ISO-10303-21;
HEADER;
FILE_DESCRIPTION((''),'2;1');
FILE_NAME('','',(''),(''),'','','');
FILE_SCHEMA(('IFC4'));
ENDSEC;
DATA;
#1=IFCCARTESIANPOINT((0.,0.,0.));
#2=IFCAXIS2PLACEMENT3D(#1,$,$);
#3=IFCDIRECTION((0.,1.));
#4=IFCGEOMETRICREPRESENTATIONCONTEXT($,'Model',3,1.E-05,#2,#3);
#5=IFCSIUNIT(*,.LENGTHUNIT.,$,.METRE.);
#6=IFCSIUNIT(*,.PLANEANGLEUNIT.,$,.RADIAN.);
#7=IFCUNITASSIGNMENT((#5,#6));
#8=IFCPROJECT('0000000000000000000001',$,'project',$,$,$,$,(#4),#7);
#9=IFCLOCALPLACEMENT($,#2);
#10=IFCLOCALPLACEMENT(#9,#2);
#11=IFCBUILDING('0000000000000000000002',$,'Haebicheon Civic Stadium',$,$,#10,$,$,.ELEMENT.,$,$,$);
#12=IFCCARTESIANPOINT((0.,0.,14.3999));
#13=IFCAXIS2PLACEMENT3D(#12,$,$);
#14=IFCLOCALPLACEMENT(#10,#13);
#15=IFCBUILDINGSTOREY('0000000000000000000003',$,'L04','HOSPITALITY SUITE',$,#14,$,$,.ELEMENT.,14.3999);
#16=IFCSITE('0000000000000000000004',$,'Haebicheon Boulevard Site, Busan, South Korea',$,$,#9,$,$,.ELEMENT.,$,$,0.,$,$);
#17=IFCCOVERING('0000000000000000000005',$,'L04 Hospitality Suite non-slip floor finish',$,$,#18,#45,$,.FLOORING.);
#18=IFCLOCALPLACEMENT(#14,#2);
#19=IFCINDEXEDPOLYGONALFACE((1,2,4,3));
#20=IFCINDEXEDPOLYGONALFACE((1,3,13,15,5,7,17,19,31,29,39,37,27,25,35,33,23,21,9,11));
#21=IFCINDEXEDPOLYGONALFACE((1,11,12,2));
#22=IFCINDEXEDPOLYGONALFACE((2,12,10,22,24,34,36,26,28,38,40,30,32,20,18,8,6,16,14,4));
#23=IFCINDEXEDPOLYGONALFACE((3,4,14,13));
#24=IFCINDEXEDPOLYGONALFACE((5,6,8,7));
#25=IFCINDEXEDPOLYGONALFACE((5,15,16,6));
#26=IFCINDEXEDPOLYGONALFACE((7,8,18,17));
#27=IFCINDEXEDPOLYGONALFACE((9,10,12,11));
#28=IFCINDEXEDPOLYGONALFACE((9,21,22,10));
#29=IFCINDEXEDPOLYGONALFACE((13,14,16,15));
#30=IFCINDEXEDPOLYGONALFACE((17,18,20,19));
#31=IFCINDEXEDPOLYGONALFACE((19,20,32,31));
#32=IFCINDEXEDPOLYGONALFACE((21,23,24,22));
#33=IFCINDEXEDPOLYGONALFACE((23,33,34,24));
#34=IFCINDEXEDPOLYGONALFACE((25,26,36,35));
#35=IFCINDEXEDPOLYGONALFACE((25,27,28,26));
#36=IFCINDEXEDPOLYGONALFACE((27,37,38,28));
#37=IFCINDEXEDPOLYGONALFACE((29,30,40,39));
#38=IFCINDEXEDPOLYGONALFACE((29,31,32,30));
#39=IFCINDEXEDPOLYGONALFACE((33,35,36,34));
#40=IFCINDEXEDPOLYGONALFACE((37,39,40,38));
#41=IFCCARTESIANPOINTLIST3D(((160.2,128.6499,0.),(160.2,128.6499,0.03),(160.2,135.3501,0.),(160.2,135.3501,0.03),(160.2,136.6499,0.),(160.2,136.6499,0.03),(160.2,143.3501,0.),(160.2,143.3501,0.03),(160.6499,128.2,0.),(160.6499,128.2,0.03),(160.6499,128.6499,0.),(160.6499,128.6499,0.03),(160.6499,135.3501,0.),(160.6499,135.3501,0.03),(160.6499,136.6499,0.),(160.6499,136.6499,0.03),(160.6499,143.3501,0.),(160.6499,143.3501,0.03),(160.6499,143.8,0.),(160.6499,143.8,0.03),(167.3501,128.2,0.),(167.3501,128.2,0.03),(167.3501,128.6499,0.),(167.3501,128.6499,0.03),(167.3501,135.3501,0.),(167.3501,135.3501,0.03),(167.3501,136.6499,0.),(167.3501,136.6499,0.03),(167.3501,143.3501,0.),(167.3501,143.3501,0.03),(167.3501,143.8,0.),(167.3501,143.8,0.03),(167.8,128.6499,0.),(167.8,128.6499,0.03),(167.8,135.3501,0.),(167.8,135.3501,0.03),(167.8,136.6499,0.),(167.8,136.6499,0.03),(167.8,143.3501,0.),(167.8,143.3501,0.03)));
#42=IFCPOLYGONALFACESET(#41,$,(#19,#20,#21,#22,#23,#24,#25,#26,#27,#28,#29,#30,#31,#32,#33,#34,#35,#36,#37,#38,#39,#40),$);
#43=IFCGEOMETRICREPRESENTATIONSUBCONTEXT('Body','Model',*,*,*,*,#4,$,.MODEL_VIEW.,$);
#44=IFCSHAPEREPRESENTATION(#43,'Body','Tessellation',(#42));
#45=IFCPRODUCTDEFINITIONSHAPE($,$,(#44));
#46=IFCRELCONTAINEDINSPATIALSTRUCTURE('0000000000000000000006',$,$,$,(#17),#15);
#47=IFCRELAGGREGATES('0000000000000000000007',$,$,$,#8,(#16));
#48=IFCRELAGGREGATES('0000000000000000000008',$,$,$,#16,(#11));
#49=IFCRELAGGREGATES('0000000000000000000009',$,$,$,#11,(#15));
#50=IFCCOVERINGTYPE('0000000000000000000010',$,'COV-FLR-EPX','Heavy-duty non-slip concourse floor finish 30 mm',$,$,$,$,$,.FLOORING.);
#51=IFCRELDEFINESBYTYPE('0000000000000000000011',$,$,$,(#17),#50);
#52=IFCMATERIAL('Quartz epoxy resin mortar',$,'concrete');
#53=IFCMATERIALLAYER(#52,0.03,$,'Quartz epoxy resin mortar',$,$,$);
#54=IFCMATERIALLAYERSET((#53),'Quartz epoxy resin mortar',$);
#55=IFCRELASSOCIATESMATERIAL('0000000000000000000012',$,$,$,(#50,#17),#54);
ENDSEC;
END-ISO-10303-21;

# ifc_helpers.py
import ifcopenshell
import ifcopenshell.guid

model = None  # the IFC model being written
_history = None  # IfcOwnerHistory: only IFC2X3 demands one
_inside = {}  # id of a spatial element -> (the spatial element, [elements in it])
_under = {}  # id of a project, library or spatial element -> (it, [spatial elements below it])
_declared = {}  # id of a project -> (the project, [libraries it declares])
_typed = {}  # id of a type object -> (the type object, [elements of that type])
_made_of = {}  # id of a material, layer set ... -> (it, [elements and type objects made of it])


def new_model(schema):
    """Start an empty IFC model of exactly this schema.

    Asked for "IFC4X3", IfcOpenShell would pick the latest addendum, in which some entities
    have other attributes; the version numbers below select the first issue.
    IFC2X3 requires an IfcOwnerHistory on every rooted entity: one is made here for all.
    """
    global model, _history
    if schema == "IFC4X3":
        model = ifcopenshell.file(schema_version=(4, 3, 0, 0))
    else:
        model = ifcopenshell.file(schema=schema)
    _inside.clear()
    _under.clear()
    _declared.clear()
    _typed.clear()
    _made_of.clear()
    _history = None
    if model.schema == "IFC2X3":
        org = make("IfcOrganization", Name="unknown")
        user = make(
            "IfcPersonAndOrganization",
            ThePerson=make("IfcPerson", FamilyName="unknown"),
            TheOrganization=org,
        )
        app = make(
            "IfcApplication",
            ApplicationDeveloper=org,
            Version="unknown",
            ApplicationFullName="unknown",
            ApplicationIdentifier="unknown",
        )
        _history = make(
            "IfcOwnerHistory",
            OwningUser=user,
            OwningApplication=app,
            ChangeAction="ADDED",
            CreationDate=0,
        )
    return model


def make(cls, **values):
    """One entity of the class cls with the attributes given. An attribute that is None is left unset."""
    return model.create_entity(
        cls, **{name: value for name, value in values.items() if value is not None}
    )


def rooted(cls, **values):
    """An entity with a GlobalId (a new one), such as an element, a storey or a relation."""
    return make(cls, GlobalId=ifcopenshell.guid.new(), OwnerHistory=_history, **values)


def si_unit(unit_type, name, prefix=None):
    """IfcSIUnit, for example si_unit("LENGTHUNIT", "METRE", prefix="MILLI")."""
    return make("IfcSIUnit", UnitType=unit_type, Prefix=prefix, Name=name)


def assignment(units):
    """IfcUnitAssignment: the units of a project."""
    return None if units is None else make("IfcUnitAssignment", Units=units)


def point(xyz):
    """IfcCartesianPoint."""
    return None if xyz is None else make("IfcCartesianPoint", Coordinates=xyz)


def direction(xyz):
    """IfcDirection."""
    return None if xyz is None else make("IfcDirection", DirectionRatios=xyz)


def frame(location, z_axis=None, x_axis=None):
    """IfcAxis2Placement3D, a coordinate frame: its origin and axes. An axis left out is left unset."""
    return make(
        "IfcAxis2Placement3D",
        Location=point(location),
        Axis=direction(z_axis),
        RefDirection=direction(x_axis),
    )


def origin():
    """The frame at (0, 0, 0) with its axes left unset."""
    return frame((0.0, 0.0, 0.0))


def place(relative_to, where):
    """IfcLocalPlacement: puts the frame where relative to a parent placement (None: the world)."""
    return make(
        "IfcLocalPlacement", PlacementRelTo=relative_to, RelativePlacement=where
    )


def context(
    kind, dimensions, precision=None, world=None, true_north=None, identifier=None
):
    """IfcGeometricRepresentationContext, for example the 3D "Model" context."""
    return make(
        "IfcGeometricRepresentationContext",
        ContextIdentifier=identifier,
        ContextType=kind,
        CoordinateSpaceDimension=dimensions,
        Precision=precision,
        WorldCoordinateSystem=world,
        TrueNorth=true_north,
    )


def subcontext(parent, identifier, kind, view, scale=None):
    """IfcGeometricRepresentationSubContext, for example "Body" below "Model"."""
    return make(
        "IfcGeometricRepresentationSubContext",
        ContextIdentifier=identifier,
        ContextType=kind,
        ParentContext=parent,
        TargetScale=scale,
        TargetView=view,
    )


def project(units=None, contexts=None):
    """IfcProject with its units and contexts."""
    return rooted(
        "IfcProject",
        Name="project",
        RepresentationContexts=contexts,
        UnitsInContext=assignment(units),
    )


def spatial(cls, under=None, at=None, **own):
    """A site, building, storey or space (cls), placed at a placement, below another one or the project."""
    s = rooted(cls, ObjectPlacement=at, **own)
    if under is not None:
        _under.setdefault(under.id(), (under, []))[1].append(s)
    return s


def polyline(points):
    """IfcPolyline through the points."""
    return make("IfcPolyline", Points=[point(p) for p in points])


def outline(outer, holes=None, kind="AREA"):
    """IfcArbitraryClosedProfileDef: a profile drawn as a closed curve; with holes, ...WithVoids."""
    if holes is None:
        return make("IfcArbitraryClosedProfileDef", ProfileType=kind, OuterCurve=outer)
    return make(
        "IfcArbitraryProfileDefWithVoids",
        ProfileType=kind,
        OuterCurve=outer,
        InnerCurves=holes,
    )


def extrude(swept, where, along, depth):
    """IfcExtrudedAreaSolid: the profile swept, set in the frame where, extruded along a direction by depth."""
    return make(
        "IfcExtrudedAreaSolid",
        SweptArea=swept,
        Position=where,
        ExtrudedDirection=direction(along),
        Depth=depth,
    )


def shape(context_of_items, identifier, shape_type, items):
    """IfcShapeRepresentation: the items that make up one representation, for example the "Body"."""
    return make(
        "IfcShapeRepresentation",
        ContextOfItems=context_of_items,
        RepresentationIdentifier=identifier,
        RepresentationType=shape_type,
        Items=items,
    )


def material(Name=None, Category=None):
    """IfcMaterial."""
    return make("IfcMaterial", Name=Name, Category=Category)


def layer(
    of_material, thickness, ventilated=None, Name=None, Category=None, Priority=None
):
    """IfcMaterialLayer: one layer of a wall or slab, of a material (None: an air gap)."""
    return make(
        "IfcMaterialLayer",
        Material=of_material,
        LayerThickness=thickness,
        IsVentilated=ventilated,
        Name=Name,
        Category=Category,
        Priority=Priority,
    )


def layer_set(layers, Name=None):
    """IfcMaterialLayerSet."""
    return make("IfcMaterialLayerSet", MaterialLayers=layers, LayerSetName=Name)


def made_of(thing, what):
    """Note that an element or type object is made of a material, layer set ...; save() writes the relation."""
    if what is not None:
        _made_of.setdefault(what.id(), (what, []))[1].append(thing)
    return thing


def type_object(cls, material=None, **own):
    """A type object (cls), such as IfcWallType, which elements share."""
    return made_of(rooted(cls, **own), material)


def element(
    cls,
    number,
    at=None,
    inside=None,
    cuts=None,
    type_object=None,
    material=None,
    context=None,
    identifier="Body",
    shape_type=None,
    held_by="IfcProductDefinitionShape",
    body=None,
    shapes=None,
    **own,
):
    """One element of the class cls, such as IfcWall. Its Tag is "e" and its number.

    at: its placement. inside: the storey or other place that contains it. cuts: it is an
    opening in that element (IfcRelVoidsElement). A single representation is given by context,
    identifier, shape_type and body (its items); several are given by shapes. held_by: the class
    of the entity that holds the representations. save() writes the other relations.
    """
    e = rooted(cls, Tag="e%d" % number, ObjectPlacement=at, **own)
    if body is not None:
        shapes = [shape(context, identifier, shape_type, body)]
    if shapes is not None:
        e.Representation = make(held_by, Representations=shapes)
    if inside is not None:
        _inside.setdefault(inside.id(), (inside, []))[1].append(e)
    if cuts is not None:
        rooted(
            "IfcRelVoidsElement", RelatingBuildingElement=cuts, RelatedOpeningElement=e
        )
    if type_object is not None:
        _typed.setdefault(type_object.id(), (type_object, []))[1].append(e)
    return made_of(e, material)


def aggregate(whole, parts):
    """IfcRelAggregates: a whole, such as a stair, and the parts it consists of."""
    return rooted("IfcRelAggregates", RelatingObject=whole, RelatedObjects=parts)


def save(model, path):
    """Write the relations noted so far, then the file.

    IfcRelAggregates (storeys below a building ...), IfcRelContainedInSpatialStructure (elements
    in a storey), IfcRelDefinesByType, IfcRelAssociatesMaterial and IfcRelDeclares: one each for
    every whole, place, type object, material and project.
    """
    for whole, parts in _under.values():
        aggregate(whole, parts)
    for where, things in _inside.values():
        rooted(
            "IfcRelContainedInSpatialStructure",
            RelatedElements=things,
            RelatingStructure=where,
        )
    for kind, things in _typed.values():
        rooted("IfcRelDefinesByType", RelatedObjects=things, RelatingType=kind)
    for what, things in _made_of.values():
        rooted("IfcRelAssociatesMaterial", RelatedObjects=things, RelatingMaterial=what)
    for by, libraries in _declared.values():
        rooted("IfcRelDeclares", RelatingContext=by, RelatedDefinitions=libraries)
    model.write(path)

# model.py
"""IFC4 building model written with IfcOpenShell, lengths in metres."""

from ifc_helpers import new_model, si_unit, direction, frame, origin, place, context, subcontext, project, spatial, polyline, outline, extrude, material, layer, layer_set, type_object, element, save


model = new_model("IFC4")

# Units and contexts
model_context = context("Model", 3, precision=1e-05, world=origin(), true_north=direction((0.0, 1.0)))
body_context = subcontext(model_context, "Body", "Model", "MODEL_VIEW")
ifc_project = project(units=[si_unit("LENGTHUNIT", "METRE"), si_unit("PLANEANGLEUNIT", "RADIAN")], contexts=[model_context])

# Site, building, storey
site_placement = place(None, origin())
site = spatial("IfcSite", under=ifc_project, at=site_placement, Name="Haebicheon Boulevard Site, Busan, South Korea", CompositionType="ELEMENT", RefElevation=0.0)
building_placement = place(site_placement, origin())
building = spatial("IfcBuilding", under=site, at=building_placement, Name="Haebicheon Civic Stadium", CompositionType="ELEMENT")
storey_placement = place(building_placement, frame((0.0, 0.0, 14.3999)))
storey = spatial("IfcBuildingStorey", under=building, at=storey_placement, Name="L04", Description="HOSPITALITY SUITE", CompositionType="ELEMENT", Elevation=14.3999)

# Covering
ifc_material_1 = material(Name="Quartz epoxy resin mortar", Category="concrete")
ifc_layer_1 = layer(ifc_material_1, 0.03, Name="Quartz epoxy resin mortar")
ifc_layer_set_1 = layer_set([ifc_layer_1], Name="Quartz epoxy resin mortar")
covering_type_1 = type_object("IfcCoveringType", Name="COV-FLR-EPX", Description="Heavy-duty non-slip concourse floor finish 30 mm", PredefinedType="FLOORING", material=ifc_layer_set_1)
covering_1_placement = place(storey_placement, origin())
element("IfcCovering", 1, at=covering_1_placement, inside=storey, type_object=covering_type_1, material=ifc_layer_set_1, Name="L04 Hospitality Suite non-slip floor finish", PredefinedType="FLOORING", context=body_context, shape_type="SweptSolid", body=[
    extrude(outline(polyline([(160.6499, 128.2), (160.6499, 128.6499), (160.2, 128.6499), (160.2, 135.3501), (160.6499, 135.3501), (160.6499, 136.6499), (160.2, 136.6499), (160.2, 143.3501), (160.6499, 143.3501), (160.6499, 143.8), (167.3501, 143.8), (167.3501, 143.3501), (167.8, 143.3501), (167.8, 136.6499), (167.3501, 136.6499), (167.3501, 135.3501), (167.8, 135.3501), (167.8, 128.6499), (167.3501, 128.6499), (167.3501, 128.2), (160.6499, 128.2)])), origin(), (0.0, 0.0, 1.0), 0.03),
])

save(model, "model.ifc")
